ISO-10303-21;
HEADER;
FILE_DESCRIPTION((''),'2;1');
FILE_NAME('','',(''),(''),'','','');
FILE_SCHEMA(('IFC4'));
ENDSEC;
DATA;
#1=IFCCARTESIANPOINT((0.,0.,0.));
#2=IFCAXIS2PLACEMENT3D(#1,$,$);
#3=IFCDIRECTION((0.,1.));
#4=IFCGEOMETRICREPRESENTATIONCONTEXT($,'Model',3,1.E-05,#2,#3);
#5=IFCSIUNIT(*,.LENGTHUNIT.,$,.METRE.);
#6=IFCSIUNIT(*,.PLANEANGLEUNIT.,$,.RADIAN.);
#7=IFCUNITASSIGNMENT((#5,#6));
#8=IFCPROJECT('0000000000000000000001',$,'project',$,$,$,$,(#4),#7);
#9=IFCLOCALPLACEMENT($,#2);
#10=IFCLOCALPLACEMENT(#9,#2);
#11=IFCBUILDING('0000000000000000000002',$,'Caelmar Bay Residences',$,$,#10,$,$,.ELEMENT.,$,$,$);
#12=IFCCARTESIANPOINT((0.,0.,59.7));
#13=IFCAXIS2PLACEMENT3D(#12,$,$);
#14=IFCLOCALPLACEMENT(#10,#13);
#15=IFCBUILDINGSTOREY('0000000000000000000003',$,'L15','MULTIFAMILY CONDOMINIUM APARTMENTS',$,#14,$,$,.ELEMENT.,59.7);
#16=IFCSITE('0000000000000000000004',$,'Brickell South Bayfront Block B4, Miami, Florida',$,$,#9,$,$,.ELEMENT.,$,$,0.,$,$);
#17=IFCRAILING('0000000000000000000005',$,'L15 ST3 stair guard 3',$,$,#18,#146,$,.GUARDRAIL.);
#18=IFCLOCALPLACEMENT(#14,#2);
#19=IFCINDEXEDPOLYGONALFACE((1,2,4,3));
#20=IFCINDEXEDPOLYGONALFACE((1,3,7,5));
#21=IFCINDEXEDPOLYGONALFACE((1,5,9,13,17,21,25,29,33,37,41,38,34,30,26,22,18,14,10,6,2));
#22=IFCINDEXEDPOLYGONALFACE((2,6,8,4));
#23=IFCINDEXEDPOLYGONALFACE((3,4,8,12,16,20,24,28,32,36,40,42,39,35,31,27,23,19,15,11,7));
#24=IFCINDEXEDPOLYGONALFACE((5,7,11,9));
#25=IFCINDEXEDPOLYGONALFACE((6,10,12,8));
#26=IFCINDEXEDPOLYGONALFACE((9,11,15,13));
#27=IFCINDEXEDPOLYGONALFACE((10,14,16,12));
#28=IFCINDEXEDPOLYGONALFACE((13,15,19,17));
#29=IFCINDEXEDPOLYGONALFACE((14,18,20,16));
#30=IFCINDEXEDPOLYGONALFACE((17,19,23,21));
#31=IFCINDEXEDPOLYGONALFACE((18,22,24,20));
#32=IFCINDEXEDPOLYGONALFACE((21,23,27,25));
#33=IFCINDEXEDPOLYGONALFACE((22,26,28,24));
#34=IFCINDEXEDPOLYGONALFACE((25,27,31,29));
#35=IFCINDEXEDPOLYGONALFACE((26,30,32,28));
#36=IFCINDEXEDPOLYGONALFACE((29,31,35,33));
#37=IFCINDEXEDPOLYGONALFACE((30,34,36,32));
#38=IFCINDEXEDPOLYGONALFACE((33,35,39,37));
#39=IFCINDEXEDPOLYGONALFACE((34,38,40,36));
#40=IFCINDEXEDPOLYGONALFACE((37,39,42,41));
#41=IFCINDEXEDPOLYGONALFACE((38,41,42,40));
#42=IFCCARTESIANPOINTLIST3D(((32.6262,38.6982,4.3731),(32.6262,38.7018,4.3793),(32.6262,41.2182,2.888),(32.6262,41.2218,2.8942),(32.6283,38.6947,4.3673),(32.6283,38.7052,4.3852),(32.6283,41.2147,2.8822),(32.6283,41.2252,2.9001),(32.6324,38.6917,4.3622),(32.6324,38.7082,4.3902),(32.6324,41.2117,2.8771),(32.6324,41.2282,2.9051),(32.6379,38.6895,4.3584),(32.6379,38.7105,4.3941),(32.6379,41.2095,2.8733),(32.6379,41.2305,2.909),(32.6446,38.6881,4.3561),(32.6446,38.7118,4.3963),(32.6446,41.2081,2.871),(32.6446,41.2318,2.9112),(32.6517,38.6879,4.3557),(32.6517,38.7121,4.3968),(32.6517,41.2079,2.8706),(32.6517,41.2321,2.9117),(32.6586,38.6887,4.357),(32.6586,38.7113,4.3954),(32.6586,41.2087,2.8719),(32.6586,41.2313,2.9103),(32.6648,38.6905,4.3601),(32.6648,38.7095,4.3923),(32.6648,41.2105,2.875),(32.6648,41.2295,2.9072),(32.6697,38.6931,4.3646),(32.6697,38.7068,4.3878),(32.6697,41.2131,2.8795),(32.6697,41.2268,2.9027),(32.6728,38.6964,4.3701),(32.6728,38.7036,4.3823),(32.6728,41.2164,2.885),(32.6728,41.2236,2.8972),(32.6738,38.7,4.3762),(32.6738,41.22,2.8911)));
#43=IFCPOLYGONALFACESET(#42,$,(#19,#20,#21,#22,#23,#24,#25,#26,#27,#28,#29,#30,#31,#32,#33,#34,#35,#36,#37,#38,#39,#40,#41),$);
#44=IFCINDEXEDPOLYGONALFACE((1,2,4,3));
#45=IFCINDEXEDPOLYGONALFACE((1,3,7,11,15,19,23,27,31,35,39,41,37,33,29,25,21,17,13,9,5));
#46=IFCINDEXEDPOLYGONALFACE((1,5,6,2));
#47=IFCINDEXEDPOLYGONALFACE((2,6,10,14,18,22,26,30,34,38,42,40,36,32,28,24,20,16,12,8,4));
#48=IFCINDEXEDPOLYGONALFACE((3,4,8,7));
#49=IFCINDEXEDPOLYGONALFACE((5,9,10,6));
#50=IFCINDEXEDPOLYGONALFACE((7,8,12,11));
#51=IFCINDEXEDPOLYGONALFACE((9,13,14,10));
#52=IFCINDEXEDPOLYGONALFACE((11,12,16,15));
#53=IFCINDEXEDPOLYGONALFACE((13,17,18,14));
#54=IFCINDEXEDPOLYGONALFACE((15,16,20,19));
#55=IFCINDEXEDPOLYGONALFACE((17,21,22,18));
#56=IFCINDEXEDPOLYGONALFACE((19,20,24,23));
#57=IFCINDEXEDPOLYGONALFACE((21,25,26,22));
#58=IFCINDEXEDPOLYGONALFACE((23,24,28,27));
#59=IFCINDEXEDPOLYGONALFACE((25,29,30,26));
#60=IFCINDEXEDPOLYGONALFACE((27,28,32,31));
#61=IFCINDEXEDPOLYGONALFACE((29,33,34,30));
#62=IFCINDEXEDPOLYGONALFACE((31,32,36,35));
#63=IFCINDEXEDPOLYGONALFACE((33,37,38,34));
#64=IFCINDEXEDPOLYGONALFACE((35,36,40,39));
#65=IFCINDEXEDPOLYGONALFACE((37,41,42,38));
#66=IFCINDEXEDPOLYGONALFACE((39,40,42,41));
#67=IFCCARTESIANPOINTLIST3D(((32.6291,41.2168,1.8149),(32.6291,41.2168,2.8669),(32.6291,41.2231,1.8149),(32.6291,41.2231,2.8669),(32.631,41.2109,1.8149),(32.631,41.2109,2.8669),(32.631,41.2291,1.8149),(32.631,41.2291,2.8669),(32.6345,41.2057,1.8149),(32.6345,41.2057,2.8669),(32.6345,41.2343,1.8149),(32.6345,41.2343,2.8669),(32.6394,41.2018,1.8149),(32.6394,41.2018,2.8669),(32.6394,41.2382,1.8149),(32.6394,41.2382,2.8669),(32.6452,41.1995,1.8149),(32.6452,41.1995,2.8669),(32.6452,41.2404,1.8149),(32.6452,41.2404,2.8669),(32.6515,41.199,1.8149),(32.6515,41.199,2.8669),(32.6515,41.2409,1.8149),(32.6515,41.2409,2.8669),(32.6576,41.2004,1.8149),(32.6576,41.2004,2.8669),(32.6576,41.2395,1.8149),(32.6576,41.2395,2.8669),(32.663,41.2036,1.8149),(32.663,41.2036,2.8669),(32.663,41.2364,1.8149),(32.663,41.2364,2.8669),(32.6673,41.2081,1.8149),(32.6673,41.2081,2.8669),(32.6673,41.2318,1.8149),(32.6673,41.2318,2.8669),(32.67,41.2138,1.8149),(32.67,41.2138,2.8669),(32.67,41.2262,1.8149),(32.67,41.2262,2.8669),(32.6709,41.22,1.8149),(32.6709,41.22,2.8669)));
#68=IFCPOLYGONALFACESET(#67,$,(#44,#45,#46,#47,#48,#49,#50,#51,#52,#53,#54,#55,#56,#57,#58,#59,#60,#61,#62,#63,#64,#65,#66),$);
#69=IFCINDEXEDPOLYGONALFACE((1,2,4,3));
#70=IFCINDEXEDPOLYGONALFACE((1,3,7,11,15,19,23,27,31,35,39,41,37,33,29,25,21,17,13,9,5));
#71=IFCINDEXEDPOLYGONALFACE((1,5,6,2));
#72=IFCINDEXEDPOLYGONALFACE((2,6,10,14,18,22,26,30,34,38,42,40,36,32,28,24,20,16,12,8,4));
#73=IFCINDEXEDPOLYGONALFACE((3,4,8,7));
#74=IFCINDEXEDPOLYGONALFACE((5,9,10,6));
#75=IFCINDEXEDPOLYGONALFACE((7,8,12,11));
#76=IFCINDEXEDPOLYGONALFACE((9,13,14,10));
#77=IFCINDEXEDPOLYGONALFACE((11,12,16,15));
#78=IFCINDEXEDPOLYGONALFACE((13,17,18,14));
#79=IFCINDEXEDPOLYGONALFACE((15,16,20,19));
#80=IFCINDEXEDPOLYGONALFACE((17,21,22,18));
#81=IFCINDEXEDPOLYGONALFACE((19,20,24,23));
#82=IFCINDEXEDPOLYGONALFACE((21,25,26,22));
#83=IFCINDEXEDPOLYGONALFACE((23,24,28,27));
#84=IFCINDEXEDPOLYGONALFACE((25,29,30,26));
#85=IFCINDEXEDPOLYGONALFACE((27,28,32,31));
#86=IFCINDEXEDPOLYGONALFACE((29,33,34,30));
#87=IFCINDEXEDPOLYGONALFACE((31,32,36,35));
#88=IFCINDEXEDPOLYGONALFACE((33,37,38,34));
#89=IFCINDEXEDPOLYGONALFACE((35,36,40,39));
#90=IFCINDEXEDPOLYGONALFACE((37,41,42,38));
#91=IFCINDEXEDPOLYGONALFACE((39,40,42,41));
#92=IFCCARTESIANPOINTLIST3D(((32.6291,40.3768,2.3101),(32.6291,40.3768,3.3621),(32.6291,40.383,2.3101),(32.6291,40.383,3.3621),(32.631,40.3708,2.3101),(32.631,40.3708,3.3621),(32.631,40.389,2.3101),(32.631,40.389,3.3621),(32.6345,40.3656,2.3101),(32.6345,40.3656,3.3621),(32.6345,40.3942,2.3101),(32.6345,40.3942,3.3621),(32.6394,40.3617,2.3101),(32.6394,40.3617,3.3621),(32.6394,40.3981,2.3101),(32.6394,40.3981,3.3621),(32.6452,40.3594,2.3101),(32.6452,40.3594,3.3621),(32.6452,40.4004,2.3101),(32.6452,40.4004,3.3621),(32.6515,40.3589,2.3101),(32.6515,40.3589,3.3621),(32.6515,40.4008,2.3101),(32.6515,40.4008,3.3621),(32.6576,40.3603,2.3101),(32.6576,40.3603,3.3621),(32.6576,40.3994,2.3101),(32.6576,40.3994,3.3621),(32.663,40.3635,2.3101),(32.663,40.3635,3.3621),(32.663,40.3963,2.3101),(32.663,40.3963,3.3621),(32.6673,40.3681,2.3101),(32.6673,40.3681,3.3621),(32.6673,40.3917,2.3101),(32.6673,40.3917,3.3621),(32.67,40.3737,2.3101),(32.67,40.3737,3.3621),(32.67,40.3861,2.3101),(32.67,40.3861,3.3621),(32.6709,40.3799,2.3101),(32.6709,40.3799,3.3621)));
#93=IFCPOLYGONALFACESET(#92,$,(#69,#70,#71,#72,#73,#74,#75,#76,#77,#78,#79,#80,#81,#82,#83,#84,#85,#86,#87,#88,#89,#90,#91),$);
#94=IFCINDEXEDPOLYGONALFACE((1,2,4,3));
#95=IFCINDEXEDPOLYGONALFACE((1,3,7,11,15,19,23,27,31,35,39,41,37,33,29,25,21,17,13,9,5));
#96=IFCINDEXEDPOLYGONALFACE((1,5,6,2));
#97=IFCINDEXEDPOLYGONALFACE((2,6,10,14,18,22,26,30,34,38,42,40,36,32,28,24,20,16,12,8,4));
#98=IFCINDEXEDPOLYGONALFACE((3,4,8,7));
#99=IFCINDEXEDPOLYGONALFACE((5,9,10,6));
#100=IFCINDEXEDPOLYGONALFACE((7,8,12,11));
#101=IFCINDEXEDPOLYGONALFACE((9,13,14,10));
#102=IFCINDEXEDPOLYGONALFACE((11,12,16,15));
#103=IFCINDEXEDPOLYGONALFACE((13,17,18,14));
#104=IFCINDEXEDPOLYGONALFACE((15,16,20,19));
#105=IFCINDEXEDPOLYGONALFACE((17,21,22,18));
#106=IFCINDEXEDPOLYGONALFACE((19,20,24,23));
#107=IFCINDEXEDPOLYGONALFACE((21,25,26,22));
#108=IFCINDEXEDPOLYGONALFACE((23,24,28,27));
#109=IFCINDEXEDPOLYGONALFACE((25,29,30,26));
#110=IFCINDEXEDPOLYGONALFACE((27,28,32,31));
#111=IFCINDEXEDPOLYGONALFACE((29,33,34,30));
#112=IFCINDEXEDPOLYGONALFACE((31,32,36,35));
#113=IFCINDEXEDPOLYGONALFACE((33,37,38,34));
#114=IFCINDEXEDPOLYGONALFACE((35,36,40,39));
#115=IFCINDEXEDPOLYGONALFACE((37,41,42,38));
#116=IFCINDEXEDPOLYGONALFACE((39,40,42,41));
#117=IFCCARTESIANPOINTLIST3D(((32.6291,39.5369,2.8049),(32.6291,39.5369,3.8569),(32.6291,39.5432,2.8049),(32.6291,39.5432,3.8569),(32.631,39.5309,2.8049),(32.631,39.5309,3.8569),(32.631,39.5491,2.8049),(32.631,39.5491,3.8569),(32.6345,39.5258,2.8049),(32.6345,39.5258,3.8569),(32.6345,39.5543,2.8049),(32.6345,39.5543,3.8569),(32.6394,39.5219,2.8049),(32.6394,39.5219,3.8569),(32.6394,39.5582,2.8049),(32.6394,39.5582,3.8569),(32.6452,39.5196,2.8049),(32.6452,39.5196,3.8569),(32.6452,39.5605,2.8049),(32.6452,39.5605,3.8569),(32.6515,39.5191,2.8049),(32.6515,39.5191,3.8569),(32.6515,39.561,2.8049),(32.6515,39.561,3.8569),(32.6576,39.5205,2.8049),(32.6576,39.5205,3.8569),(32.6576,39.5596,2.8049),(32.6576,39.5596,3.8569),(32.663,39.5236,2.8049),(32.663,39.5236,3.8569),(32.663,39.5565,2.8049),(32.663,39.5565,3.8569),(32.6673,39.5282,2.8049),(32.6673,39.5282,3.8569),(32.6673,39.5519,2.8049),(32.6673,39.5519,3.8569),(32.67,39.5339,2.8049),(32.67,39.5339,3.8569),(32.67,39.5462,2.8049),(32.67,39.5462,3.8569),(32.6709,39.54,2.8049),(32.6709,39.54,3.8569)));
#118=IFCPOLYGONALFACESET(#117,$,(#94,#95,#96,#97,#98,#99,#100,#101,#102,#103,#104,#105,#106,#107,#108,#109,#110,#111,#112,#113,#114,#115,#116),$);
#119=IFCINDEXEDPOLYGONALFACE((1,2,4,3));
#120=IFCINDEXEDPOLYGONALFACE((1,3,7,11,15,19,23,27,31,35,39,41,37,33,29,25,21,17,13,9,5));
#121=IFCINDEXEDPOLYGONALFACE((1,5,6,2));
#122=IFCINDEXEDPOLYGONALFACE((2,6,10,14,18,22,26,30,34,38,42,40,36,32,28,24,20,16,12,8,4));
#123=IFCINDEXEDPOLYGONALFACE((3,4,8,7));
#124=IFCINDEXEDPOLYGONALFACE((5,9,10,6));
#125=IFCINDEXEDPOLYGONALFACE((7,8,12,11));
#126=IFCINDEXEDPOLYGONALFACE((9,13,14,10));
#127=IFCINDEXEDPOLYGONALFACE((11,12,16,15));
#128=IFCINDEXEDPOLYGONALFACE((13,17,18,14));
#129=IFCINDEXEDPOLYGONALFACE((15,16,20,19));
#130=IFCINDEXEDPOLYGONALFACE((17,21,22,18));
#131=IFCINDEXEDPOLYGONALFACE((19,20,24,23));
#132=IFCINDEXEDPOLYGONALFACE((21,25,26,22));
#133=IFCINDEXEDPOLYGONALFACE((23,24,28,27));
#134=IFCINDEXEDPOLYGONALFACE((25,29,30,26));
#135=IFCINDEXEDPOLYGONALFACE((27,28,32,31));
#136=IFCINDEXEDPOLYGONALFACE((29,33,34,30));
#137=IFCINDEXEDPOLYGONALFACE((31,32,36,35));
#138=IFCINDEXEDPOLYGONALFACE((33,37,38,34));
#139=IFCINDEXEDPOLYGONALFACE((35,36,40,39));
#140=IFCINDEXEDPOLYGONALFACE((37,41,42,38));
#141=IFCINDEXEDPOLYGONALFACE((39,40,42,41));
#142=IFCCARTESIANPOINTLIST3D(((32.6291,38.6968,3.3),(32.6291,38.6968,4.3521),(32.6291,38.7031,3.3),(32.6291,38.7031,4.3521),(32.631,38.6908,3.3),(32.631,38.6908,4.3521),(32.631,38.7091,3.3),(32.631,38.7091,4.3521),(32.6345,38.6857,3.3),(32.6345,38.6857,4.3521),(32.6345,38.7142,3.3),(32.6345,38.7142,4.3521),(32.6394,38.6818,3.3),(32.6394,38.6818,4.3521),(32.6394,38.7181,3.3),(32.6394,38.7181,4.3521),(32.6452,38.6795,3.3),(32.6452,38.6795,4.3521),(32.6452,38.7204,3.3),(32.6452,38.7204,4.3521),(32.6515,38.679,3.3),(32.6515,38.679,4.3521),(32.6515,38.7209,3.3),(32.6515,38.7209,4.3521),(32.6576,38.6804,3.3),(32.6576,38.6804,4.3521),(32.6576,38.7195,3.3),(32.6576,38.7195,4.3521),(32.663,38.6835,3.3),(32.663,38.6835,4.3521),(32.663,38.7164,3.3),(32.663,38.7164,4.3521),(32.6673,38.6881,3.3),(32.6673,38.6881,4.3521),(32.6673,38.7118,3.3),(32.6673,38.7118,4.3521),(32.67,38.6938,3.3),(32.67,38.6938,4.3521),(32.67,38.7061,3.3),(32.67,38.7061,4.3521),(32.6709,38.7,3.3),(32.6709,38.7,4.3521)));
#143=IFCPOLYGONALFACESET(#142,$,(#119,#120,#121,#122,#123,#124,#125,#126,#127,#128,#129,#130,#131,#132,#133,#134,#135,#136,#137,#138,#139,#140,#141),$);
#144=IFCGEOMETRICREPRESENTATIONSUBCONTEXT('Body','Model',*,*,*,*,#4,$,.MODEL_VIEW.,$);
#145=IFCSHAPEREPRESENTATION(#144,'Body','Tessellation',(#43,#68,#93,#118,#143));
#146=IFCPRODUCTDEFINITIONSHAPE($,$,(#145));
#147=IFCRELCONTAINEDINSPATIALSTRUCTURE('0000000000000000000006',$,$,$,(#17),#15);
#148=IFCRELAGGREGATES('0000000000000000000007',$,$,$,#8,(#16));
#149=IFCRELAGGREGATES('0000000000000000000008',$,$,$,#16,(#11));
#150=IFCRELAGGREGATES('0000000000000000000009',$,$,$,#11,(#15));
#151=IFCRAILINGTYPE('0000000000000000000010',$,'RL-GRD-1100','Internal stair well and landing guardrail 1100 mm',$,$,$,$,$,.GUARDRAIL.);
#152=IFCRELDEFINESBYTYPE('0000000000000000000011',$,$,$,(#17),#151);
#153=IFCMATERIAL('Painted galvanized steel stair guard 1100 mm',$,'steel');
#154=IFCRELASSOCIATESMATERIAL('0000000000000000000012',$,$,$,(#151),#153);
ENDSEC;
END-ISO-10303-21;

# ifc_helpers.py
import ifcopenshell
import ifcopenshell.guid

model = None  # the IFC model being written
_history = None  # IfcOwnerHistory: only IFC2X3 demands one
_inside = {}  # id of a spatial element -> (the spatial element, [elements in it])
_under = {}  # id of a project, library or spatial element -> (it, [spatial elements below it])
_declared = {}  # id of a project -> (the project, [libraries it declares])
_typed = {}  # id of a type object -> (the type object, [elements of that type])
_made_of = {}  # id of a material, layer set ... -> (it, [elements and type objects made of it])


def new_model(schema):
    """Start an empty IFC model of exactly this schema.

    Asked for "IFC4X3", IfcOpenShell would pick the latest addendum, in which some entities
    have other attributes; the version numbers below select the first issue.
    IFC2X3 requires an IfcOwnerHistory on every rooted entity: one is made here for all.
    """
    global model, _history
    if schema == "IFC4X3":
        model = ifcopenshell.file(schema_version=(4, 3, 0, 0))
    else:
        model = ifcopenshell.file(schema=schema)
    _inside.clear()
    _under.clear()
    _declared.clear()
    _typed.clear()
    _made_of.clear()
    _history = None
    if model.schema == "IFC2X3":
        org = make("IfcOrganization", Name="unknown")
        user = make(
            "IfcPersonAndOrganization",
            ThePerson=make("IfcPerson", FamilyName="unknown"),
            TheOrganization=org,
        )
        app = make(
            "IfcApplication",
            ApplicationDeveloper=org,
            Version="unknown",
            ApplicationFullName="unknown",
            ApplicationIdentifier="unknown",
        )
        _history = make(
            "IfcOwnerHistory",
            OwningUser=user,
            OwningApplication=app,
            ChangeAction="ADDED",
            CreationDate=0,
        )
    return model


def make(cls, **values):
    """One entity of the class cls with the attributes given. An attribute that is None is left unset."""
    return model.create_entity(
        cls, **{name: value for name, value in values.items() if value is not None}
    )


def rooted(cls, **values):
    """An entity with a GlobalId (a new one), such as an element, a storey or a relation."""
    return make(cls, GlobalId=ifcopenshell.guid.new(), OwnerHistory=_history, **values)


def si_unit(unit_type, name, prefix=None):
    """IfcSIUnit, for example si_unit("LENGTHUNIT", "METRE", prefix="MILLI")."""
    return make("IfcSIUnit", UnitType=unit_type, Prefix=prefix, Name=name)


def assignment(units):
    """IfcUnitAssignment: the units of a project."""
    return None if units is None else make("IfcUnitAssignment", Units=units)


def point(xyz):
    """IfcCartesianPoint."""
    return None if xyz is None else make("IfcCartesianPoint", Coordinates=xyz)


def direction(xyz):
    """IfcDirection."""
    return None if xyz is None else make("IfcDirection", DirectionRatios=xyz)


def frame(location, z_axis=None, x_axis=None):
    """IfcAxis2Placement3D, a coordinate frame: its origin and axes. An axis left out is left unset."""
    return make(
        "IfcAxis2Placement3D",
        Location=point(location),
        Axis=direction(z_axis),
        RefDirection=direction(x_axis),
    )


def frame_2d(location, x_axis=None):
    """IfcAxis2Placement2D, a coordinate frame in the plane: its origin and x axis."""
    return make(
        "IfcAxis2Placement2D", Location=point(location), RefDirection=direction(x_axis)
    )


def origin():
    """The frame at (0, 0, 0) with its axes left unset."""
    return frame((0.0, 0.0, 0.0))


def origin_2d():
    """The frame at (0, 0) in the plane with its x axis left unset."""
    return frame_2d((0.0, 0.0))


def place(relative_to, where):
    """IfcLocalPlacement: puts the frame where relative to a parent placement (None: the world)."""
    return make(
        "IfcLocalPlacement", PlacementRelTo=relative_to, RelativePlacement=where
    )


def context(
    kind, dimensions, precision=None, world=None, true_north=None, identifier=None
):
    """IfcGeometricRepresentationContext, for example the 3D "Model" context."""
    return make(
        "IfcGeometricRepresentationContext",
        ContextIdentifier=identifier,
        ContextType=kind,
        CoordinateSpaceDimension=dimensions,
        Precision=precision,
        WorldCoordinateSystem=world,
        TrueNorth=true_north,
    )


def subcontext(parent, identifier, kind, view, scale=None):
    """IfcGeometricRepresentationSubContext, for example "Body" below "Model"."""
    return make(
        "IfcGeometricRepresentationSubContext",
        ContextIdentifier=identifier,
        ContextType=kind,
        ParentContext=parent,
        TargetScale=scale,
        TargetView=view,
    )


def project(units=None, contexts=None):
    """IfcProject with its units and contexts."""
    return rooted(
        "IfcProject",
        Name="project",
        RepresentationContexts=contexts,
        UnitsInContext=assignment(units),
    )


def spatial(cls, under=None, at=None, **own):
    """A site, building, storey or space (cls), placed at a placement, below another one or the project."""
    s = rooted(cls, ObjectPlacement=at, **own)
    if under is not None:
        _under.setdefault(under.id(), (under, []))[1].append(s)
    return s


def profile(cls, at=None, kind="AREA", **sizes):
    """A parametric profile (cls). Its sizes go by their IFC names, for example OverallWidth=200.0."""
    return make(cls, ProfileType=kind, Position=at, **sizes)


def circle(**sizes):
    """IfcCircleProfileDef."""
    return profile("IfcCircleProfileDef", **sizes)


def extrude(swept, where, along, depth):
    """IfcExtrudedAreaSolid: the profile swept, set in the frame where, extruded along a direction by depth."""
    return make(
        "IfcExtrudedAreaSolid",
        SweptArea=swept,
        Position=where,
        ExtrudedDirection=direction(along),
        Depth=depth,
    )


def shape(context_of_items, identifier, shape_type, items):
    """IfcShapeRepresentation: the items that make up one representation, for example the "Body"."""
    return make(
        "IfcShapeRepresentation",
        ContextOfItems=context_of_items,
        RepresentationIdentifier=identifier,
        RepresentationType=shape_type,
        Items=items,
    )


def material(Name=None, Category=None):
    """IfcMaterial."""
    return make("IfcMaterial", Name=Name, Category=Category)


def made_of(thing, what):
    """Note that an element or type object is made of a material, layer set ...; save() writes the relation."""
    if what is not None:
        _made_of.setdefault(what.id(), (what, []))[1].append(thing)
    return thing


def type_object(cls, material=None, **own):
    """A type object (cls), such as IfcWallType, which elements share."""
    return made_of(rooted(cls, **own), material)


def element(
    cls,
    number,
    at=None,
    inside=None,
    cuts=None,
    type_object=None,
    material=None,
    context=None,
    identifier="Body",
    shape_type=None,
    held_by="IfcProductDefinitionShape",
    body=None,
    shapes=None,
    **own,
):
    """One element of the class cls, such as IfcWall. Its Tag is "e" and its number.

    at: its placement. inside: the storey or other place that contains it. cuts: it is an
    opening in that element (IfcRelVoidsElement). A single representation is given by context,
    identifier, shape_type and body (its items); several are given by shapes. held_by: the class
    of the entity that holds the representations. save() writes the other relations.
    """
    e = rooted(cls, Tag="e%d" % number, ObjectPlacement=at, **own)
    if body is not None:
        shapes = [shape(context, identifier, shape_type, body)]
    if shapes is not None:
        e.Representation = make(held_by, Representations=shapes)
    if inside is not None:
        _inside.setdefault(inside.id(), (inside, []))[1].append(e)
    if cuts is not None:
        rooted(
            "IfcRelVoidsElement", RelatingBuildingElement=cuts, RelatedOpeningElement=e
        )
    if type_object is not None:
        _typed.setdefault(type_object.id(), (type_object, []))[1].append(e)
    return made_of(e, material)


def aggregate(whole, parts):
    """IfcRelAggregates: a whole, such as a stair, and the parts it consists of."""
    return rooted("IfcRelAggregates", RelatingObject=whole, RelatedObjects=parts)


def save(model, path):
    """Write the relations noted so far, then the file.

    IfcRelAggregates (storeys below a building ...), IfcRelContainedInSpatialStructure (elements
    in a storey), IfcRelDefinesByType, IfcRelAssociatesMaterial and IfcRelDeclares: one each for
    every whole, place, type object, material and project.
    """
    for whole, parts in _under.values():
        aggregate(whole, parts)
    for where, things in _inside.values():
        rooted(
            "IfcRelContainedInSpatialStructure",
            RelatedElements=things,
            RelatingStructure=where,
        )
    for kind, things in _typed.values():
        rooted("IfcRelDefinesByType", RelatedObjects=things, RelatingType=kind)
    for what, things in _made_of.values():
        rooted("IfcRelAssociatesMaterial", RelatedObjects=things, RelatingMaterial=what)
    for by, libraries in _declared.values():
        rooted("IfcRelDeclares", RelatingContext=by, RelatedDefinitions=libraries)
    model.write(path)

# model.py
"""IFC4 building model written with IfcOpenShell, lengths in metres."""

from ifc_helpers import new_model, si_unit, direction, frame, origin, origin_2d, place, context, subcontext, project, spatial, circle, extrude, material, type_object, element, save


model = new_model("IFC4")

# Units and contexts
model_context = context("Model", 3, precision=1e-05, world=origin(), true_north=direction((0.0, 1.0)))
body_context = subcontext(model_context, "Body", "Model", "MODEL_VIEW")
ifc_project = project(units=[si_unit("LENGTHUNIT", "METRE"), si_unit("PLANEANGLEUNIT", "RADIAN")], contexts=[model_context])

# Site, building, storey
site_placement = place(None, origin())
site = spatial("IfcSite", under=ifc_project, at=site_placement, Name="Brickell South Bayfront Block B4, Miami, Florida", CompositionType="ELEMENT", RefElevation=0.0)
building_placement = place(site_placement, origin())
building = spatial("IfcBuilding", under=site, at=building_placement, Name="Caelmar Bay Residences", CompositionType="ELEMENT")
storey_placement = place(building_placement, frame((0.0, 0.0, 59.7)))
storey = spatial("IfcBuildingStorey", under=building, at=storey_placement, Name="L15", Description="MULTIFAMILY CONDOMINIUM APARTMENTS", CompositionType="ELEMENT", Elevation=59.7)

# Railing
ifc_material_1 = material(Name="Painted galvanized steel stair guard 1100 mm", Category="steel")
railing_type_1 = type_object("IfcRailingType", Name="RL-GRD-1100", Description="Internal stair well and landing guardrail 1100 mm", PredefinedType="GUARDRAIL", material=ifc_material_1)
railing_1_placement = place(storey_placement, frame((32.6499, 41.22, 1.8149)))
element("IfcRailing", 1, at=railing_1_placement, inside=storey, type_object=railing_type_1, Name="L15 ST3 stair guard 3", PredefinedType="GUARDRAIL", context=body_context, shape_type="SweptSolid", body=[
    extrude(circle(Radius=0.0239, at=origin_2d()), frame((0.0, 0.0, 1.0762), z_axis=(0.0, -0.861524, 0.507717), x_axis=(1.0, 0.0, 0.0)), (0.0, 0.0, 1.0), 2.925),
    extrude(circle(Radius=0.021, at=origin_2d()), origin(), (0.0, 0.0, 1.0), 1.052),
    extrude(circle(Radius=0.021, at=origin_2d()), frame((0.0, -0.8401, 0.4951)), (0.0, 0.0, 1.0), 1.052),
    extrude(circle(Radius=0.021, at=origin_2d()), frame((0.0, -1.6799, 0.99)), (0.0, 0.0, 1.0), 1.052),
    extrude(circle(Radius=0.021, at=origin_2d()), frame((0.0, -2.52, 1.4851)), (0.0, 0.0, 1.0), 1.052),
])

save(model, "model.ifc")
